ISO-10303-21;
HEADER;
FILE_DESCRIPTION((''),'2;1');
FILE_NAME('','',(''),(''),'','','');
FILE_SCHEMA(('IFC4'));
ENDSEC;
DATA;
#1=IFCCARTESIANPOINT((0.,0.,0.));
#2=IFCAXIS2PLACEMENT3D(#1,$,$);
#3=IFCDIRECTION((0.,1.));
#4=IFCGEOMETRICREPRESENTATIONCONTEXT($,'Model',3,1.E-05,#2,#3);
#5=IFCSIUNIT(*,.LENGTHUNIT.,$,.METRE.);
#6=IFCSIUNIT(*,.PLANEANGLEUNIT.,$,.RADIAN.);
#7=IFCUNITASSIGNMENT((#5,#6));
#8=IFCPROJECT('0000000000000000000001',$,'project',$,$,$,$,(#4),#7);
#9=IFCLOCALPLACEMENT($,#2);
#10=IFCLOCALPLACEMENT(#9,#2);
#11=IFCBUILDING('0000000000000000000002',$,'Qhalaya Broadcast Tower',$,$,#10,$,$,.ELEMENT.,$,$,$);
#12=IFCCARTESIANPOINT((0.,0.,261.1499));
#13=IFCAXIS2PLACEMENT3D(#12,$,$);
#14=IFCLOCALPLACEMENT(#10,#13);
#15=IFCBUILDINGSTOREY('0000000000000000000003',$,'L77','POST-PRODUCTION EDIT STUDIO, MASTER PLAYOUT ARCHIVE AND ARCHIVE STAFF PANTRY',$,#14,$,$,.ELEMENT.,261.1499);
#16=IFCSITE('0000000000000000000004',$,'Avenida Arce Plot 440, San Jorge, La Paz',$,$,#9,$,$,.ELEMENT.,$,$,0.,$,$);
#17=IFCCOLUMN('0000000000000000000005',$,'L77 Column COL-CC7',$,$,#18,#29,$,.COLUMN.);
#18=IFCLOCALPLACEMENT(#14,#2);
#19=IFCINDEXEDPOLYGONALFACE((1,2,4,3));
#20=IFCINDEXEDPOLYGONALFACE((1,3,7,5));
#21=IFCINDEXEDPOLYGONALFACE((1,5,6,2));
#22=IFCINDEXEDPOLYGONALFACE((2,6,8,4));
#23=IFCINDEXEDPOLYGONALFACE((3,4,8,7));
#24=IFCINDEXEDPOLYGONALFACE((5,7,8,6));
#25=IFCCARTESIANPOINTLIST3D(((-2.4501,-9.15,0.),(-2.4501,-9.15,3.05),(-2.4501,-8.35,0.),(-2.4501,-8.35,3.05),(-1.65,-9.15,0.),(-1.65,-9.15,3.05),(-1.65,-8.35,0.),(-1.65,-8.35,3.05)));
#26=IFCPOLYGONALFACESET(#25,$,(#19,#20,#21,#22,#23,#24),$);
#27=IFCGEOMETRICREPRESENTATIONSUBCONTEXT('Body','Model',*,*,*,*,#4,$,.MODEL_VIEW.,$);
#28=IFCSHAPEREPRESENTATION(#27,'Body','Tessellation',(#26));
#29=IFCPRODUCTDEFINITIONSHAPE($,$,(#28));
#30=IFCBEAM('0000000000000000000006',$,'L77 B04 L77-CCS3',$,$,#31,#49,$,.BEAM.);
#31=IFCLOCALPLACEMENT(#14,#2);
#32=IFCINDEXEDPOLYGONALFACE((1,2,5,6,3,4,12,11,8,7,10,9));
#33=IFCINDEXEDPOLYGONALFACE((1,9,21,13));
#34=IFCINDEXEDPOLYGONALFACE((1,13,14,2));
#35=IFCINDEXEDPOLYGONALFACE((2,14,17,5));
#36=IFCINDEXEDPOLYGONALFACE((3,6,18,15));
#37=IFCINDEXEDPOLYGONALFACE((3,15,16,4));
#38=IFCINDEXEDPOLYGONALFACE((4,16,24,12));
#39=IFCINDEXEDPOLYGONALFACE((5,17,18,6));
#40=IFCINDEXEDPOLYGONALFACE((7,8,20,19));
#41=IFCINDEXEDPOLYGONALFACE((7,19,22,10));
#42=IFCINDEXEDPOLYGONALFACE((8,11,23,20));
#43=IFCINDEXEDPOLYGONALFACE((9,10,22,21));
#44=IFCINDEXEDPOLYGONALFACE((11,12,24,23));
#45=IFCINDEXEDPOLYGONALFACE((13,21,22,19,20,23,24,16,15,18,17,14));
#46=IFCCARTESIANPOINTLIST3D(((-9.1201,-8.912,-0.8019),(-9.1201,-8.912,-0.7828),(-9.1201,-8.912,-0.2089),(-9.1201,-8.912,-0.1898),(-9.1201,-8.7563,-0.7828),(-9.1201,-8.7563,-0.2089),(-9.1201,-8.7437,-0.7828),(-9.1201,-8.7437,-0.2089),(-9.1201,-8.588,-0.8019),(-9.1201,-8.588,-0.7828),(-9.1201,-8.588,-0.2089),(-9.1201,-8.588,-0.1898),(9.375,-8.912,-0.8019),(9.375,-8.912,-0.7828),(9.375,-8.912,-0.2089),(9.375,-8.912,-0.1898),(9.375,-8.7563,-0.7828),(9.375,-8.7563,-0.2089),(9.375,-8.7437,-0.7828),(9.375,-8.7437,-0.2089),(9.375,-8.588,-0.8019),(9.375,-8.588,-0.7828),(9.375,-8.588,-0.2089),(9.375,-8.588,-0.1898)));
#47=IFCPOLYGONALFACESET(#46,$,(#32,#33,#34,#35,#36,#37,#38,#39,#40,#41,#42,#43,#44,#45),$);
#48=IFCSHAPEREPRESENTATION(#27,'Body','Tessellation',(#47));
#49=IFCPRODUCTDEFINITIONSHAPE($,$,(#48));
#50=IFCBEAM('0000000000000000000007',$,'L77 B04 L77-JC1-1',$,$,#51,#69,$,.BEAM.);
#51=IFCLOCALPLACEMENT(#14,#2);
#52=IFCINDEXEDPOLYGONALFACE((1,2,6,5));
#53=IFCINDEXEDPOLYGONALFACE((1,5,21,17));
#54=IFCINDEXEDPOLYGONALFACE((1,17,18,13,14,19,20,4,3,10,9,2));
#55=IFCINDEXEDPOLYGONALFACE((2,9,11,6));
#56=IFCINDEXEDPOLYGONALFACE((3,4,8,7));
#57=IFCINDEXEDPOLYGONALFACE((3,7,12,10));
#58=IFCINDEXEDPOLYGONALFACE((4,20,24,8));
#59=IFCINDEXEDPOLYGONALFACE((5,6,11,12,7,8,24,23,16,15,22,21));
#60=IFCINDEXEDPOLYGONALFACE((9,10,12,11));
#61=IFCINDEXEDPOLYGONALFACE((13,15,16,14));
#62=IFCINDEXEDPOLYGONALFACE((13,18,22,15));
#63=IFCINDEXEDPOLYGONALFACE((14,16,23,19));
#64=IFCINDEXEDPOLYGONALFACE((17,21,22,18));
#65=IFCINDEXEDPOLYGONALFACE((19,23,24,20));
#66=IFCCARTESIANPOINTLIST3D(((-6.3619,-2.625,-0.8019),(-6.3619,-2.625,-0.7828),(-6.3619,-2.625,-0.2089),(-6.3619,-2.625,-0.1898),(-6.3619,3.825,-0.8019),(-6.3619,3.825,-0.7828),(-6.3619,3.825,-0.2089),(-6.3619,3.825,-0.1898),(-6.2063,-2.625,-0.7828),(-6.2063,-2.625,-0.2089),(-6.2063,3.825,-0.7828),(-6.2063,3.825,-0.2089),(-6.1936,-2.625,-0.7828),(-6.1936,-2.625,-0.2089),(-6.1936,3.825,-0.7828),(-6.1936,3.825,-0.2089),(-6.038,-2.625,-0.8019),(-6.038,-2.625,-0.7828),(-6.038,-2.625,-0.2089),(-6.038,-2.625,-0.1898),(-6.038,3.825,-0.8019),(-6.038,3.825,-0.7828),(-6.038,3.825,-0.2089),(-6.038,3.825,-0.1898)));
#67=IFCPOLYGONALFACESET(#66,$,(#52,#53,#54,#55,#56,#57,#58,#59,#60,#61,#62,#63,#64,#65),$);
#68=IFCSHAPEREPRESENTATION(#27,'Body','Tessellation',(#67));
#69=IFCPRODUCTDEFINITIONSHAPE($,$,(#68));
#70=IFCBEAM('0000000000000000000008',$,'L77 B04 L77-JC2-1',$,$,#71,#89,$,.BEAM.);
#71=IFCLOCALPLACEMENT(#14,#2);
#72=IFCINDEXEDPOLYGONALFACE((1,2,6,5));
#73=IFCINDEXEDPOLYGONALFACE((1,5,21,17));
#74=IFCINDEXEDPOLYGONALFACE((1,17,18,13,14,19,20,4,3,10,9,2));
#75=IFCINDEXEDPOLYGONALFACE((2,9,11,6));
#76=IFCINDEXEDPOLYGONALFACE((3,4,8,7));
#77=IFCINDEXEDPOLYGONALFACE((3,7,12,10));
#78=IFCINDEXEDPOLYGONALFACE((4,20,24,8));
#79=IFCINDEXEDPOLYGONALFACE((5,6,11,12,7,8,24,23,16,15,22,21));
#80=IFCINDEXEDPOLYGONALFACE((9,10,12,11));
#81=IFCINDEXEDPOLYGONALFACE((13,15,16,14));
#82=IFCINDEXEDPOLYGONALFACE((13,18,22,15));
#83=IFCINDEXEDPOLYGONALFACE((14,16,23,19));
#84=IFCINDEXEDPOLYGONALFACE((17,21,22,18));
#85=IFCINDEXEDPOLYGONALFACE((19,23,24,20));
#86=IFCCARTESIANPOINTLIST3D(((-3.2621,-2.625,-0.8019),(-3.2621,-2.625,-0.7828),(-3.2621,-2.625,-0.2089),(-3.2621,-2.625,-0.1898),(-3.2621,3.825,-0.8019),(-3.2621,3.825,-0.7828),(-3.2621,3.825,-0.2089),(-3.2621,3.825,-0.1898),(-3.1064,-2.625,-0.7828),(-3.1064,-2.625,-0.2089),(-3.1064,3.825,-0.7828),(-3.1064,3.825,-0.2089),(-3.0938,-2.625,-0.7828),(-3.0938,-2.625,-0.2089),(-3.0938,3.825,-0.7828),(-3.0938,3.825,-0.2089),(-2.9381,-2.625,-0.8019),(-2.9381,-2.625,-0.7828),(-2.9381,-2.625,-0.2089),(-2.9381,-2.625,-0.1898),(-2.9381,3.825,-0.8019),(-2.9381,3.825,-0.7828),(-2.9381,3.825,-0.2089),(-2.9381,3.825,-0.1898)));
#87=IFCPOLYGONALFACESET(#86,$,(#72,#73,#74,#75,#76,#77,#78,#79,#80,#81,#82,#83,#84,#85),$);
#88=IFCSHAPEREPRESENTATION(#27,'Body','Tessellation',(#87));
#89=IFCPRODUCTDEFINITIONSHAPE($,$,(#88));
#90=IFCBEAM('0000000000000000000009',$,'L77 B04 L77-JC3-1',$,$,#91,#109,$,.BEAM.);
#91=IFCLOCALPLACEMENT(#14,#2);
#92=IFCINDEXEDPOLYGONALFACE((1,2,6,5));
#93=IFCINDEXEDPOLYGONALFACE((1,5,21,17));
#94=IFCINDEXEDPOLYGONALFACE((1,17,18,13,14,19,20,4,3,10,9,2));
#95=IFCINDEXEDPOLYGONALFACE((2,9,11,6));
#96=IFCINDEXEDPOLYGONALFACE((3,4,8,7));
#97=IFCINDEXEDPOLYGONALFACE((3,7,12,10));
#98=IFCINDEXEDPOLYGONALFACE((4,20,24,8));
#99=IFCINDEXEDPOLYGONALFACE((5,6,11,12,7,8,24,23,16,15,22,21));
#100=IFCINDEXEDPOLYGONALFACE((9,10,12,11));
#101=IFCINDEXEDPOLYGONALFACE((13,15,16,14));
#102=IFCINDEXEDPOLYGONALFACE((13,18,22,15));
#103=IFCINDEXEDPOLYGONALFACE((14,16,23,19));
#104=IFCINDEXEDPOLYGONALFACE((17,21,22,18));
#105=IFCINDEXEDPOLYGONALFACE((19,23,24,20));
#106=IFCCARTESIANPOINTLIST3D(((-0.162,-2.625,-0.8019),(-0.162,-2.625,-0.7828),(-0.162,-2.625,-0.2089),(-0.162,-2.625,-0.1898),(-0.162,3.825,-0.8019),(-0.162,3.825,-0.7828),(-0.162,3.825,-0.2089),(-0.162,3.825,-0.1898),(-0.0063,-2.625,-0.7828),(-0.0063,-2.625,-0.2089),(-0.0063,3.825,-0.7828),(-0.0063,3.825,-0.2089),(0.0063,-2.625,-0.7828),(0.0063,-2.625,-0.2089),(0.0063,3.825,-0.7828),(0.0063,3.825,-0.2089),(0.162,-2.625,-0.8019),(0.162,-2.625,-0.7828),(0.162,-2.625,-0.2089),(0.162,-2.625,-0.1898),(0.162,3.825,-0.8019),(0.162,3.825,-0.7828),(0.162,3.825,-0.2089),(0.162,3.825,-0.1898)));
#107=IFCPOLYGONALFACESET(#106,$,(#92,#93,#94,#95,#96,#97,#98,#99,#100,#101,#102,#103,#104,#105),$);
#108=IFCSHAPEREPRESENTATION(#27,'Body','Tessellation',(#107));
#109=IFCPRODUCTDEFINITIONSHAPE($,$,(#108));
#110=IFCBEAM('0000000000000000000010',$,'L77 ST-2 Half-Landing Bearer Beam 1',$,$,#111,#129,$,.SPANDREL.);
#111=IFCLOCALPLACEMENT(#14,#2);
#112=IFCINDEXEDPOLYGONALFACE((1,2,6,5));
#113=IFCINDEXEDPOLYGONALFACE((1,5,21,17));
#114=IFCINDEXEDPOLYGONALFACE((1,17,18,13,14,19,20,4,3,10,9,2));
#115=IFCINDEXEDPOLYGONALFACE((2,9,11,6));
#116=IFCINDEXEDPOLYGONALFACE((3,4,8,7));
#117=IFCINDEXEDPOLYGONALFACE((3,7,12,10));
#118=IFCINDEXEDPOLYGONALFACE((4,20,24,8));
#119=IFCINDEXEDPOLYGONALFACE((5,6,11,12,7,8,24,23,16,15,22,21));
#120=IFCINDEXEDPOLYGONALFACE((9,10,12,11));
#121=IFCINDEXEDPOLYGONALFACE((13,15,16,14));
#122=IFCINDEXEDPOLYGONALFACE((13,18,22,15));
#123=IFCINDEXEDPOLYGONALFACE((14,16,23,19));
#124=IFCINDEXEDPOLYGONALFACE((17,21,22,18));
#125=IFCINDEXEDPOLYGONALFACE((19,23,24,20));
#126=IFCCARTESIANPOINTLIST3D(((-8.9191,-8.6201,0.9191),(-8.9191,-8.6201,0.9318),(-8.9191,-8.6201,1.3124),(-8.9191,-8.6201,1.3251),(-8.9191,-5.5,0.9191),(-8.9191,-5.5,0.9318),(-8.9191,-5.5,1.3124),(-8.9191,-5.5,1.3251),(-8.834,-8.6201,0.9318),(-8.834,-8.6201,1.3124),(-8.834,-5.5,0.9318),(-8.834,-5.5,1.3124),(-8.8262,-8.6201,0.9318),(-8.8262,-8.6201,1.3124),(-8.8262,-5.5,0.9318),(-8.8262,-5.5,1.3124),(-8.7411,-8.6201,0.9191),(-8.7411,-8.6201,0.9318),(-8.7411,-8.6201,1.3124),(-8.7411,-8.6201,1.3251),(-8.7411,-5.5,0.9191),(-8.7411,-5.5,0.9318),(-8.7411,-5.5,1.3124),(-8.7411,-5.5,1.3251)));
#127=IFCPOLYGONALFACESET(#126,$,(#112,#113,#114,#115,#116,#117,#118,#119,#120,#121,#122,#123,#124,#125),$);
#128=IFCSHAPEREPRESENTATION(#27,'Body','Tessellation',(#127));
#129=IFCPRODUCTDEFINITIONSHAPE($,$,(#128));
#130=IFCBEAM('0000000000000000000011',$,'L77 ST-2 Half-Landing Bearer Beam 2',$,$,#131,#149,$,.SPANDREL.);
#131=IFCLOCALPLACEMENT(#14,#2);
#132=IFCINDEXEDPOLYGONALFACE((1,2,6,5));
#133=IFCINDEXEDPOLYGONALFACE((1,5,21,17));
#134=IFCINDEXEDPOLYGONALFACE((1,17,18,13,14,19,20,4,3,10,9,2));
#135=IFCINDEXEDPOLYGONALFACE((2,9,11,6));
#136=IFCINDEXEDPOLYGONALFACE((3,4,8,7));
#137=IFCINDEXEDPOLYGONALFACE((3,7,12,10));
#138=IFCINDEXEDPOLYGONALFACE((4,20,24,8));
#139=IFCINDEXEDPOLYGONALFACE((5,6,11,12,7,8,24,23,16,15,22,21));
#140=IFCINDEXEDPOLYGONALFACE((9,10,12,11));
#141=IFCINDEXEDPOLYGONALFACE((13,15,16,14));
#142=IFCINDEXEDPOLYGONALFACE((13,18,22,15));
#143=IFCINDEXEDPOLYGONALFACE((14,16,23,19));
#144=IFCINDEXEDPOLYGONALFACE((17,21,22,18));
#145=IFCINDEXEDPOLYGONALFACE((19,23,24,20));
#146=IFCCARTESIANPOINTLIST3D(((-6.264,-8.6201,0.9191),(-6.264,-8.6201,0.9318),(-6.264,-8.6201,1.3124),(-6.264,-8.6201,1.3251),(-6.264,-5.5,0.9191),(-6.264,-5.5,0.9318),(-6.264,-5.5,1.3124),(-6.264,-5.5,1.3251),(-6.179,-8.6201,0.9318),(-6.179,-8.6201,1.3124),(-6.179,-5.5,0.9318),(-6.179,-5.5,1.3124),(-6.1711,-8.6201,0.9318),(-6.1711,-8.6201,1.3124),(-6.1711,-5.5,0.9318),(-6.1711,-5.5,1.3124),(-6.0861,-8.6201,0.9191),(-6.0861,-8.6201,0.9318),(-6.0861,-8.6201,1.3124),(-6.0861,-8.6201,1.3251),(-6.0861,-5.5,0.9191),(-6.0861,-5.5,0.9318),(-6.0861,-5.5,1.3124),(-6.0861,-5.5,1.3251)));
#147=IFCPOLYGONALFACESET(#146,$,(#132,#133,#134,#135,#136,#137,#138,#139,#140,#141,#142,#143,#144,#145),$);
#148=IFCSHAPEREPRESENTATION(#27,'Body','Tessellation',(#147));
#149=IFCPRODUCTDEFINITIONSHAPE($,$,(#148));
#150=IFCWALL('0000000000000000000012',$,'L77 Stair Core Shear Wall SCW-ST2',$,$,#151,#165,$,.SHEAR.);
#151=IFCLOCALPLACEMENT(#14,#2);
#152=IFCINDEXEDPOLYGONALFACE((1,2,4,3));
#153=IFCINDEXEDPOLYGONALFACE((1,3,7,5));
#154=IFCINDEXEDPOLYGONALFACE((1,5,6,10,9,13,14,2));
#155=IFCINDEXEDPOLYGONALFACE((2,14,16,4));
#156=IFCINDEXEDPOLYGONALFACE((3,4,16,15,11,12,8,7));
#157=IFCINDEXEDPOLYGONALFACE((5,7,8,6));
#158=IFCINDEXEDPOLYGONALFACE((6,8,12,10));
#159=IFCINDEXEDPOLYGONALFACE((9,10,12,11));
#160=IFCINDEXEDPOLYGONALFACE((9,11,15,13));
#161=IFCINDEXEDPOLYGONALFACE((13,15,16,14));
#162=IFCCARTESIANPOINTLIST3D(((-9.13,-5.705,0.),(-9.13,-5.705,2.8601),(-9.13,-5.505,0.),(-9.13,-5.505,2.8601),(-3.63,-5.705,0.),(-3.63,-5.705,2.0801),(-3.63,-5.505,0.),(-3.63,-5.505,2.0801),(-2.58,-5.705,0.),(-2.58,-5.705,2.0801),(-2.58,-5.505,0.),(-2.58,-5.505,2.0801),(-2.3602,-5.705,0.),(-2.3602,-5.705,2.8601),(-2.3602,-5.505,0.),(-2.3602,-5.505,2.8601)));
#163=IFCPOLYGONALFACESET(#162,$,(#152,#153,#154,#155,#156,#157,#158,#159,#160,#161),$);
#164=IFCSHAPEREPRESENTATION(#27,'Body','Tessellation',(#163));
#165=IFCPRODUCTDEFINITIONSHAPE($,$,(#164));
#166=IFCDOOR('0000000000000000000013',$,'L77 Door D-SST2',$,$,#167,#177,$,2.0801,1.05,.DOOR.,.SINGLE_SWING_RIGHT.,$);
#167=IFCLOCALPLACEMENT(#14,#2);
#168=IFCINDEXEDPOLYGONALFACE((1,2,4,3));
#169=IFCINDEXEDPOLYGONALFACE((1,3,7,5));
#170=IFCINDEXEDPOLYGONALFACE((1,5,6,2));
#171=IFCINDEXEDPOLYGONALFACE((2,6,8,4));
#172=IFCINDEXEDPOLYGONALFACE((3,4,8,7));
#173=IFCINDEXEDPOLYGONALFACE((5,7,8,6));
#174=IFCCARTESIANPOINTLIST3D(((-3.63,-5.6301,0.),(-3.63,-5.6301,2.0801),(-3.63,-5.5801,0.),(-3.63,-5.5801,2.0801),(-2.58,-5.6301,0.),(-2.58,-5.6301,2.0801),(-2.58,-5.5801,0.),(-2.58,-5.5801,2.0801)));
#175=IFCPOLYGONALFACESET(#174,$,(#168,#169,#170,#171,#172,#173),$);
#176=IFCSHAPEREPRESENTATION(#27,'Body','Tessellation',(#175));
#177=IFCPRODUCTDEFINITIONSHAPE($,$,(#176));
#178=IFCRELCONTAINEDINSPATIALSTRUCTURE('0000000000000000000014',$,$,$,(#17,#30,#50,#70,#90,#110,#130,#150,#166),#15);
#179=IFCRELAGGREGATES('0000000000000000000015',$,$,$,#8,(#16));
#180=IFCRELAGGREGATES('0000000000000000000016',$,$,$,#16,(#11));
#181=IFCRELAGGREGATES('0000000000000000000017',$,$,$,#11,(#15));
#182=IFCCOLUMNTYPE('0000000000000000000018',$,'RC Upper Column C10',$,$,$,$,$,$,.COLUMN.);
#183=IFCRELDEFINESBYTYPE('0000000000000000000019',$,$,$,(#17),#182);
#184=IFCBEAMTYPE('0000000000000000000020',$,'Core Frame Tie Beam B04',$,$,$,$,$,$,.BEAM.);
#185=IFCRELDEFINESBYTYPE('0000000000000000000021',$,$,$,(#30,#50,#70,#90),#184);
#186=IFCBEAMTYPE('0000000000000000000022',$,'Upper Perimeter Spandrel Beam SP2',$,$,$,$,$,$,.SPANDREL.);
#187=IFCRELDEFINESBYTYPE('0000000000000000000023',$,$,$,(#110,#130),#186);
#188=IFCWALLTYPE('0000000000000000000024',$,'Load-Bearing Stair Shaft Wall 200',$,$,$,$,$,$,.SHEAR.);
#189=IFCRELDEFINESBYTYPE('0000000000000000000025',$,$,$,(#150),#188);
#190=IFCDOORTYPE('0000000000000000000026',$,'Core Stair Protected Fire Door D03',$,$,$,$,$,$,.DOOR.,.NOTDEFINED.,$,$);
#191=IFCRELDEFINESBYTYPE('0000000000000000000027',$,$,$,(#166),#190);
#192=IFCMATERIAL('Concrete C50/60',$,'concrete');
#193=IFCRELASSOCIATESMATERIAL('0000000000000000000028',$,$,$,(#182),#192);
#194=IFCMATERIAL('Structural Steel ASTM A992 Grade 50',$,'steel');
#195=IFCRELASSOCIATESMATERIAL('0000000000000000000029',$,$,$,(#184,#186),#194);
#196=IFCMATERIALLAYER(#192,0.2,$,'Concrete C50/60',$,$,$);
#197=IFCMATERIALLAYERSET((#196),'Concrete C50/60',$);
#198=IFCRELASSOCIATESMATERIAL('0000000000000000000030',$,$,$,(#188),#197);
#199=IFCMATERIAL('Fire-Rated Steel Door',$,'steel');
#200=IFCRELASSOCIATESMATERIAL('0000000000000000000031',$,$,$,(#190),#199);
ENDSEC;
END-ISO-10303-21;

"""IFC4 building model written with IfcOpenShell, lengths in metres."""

from ifc_helpers import new_model, si_unit, direction, frame, frame_2d, origin, origin_2d, place, context, subcontext, project, spatial, rectangle, i_section, extrude, material, layer, layer_set, material_profile, profile_set, type_object, element, fill, save


model = new_model("IFC4")

# Units and contexts
model_context = context("Model", 3, precision=1e-05, world=origin(), true_north=direction((0.0, 1.0)))
body_context = subcontext(model_context, "Body", "Model", "MODEL_VIEW")
ifc_project = project(units=[si_unit("LENGTHUNIT", "METRE"), si_unit("PLANEANGLEUNIT", "RADIAN")], contexts=[model_context])

# Site, building, storey
site_placement = place(None, origin())
site = spatial("IfcSite", under=ifc_project, at=site_placement, Name="Avenida Arce Plot 440, San Jorge, La Paz", CompositionType="ELEMENT", RefElevation=0.0)
building_placement = place(site_placement, origin())
building = spatial("IfcBuilding", under=site, at=building_placement, Name="Qhalaya Broadcast Tower", CompositionType="ELEMENT")
storey_placement = place(building_placement, frame((0.0, 0.0, 261.1499)))
storey = spatial("IfcBuildingStorey", under=building, at=storey_placement, Name="L77", Description="POST-PRODUCTION EDIT STUDIO, MASTER PLAYOUT ARCHIVE AND ARCHIVE STAFF PANTRY", CompositionType="ELEMENT", Elevation=261.1499)

# Column
ifc_material_1 = material(Name="Concrete C50/60", Category="concrete")
ifc_material_profile_1 = material_profile(ifc_material_1, rectangle(XDim=0.8, YDim=0.8, at=origin_2d()), Name="RC-COL 800x800")
ifc_profile_set_1 = profile_set([ifc_material_profile_1], Name="Concrete C50/60")
column_type = type_object("IfcColumnType", Name="RC Upper Column C10", PredefinedType="COLUMN", material=ifc_profile_set_1)
column_placement = place(storey_placement, frame((-2.05, -8.75, 0.0), z_axis=(0.0, 0.0, 1.0), x_axis=(1.0, 0.0, 0.0)))
element("IfcColumn", 1, at=column_placement, inside=storey, type_object=column_type, Name="L77 Column COL-CC7", PredefinedType="COLUMN", context=body_context, shape_type="SweptSolid", body=[
    extrude(rectangle(XDim=0.8, YDim=0.8, at=origin_2d()), origin(), (0.0, 0.0, 1.0), 3.05),
])

# Beams
ifc_material_2 = material(Name="Structural Steel ASTM A992 Grade 50", Category="steel")
ifc_material_profile_2 = material_profile(ifc_material_2, i_section(OverallWidth=0.324, OverallDepth=0.6121, WebThickness=0.0127, FlangeThickness=0.019, at=origin_2d()), Name="W24X104")
ifc_profile_set_2 = profile_set([ifc_material_profile_2], Name="Structural Steel ASTM A992 Grade 50")
beam_type_1 = type_object("IfcBeamType", Name="Core Frame Tie Beam B04", PredefinedType="BEAM", material=ifc_profile_set_2)
beam_placement = place(storey_placement, frame((-9.1201, -8.75, -0.4958), z_axis=(1.0, 0.0, 0.0), x_axis=(0.0, 1.0, 0.0)))
element("IfcBeam", 2, at=beam_placement, inside=storey, type_object=beam_type_1, Name="L77 B04 L77-CCS3", PredefinedType="BEAM", context=body_context, shape_type="SweptSolid", body=[
    extrude(i_section(OverallWidth=0.324, OverallDepth=0.6121, WebThickness=0.0127, FlangeThickness=0.019, at=origin_2d()), origin(), (0.0, 0.0, 1.0), 18.4951),
])
for number, where, z_axis, x_axis, name in (
    (3, (-6.2, -2.625, -0.4958), (0.0, 1.0, 0.0), (-1.0, 0.0, 0.0), "L77 B04 L77-JC1-1"),
    (4, (-3.1001, -2.625, -0.4958), (0.0, 1.0, 0.0), (-1.0, 0.0, 0.0), "L77 B04 L77-JC2-1"),
    (5, (0.0, -2.625, -0.4958), (0.0, 1.0, 0.0), (-1.0, 0.0, 0.0), "L77 B04 L77-JC3-1"),
):
    element("IfcBeam", number, at=place(storey_placement, frame(where, z_axis=z_axis, x_axis=x_axis)), inside=storey, type_object=beam_type_1, Name=name, PredefinedType="BEAM", context=body_context, shape_type="SweptSolid", body=[
        extrude(i_section(OverallWidth=0.324, OverallDepth=0.6121, WebThickness=0.0127, FlangeThickness=0.019, at=origin_2d()), origin(), (0.0, 0.0, 1.0), 6.45),
    ])
ifc_material_profile_3 = material_profile(ifc_material_2, i_section(OverallWidth=0.178, OverallDepth=0.406, WebThickness=0.0078, FlangeThickness=0.0127, at=origin_2d()), Name="W16X40")
ifc_profile_set_3 = profile_set([ifc_material_profile_3], Name="Structural Steel ASTM A992 Grade 50")
beam_type_2 = type_object("IfcBeamType", Name="Upper Perimeter Spandrel Beam SP2", PredefinedType="SPANDREL", material=ifc_profile_set_3)
for number, where, z_axis, x_axis, name in (
    (6, (-8.8301, -8.6201, 1.1221), (0.0, 1.0, 0.0), (-1.0, 0.0, 0.0), "L77 ST-2 Half-Landing Bearer Beam 1"),
    (7, (-6.175, -8.6201, 1.1221), (0.0, 1.0, 0.0), (-1.0, 0.0, 0.0), "L77 ST-2 Half-Landing Bearer Beam 2"),
):
    element("IfcBeam", number, at=place(storey_placement, frame(where, z_axis=z_axis, x_axis=x_axis)), inside=storey, type_object=beam_type_2, Name=name, PredefinedType="SPANDREL", context=body_context, shape_type="SweptSolid", body=[
        extrude(i_section(OverallWidth=0.178, OverallDepth=0.406, WebThickness=0.0078, FlangeThickness=0.0127, at=origin_2d()), origin(), (0.0, 0.0, 1.0), 3.1201),
    ])

# Wall, opening, door
ifc_layer_1 = layer(ifc_material_1, 0.2, Name="Concrete C50/60")
ifc_layer_set_1 = layer_set([ifc_layer_1], Name="Concrete C50/60")
wall_type_1 = type_object("IfcWallType", Name="Load-Bearing Stair Shaft Wall 200", PredefinedType="SHEAR", material=ifc_layer_set_1)
wall_1_placement = place(storey_placement, frame((-9.1299, -5.605, 0.0), z_axis=(0.0, 0.0, 1.0), x_axis=(1.0, 0.0, 0.0)))
wall_1 = element("IfcWall", 8, at=wall_1_placement, inside=storey, type_object=wall_type_1, Name="L77 Stair Core Shear Wall SCW-ST2", PredefinedType="SHEAR", context=body_context, shape_type="SweptSolid", body=[
    extrude(rectangle(XDim=6.7698, YDim=0.2, at=frame_2d((3.3848, 0.0))), origin(), (0.0, 0.0, 1.0), 2.8601),
])
opening_1_placement = place(wall_1_placement, frame((5.5, 0.0, 0.0)))
opening_1 = element("IfcOpeningElement", 9, at=opening_1_placement, cuts=wall_1, PredefinedType="OPENING", context=body_context, shape_type="SweptSolid", body=[
    extrude(rectangle(XDim=1.05, YDim=2.0801, at=frame_2d((0.5249, 1.04))), frame((0.0, 0.1121, 0.0), z_axis=(0.0, -1.0, 0.0), x_axis=(1.0, 0.0, 0.0)), (0.0, 0.0, 1.0), 0.2239),
])
ifc_material_3 = material(Name="Fire-Rated Steel Door", Category="steel")
door_type_1 = type_object("IfcDoorType", Name="Core Stair Protected Fire Door D03", OperationType="NOTDEFINED", PredefinedType="DOOR", material=ifc_material_3)
door_1_placement = place(opening_1_placement, origin())
door_1 = element("IfcDoor", 10, at=door_1_placement, inside=storey, type_object=door_type_1, Name="L77 Door D-SST2", OperationType="SINGLE_SWING_RIGHT", OverallHeight=2.0801, OverallWidth=1.05, PredefinedType="DOOR", context=body_context, shape_type="SweptSolid", body=[
    extrude(rectangle(XDim=1.05, YDim=2.0801, at=frame_2d((0.5249, 1.04))), frame((0.0, 0.0249, 0.0), z_axis=(0.0, -1.0, 0.0), x_axis=(1.0, 0.0, 0.0)), (0.0, 0.0, 1.0), 0.05),
])
fill(opening_1, door_1)

save(model, "model.ifc")
